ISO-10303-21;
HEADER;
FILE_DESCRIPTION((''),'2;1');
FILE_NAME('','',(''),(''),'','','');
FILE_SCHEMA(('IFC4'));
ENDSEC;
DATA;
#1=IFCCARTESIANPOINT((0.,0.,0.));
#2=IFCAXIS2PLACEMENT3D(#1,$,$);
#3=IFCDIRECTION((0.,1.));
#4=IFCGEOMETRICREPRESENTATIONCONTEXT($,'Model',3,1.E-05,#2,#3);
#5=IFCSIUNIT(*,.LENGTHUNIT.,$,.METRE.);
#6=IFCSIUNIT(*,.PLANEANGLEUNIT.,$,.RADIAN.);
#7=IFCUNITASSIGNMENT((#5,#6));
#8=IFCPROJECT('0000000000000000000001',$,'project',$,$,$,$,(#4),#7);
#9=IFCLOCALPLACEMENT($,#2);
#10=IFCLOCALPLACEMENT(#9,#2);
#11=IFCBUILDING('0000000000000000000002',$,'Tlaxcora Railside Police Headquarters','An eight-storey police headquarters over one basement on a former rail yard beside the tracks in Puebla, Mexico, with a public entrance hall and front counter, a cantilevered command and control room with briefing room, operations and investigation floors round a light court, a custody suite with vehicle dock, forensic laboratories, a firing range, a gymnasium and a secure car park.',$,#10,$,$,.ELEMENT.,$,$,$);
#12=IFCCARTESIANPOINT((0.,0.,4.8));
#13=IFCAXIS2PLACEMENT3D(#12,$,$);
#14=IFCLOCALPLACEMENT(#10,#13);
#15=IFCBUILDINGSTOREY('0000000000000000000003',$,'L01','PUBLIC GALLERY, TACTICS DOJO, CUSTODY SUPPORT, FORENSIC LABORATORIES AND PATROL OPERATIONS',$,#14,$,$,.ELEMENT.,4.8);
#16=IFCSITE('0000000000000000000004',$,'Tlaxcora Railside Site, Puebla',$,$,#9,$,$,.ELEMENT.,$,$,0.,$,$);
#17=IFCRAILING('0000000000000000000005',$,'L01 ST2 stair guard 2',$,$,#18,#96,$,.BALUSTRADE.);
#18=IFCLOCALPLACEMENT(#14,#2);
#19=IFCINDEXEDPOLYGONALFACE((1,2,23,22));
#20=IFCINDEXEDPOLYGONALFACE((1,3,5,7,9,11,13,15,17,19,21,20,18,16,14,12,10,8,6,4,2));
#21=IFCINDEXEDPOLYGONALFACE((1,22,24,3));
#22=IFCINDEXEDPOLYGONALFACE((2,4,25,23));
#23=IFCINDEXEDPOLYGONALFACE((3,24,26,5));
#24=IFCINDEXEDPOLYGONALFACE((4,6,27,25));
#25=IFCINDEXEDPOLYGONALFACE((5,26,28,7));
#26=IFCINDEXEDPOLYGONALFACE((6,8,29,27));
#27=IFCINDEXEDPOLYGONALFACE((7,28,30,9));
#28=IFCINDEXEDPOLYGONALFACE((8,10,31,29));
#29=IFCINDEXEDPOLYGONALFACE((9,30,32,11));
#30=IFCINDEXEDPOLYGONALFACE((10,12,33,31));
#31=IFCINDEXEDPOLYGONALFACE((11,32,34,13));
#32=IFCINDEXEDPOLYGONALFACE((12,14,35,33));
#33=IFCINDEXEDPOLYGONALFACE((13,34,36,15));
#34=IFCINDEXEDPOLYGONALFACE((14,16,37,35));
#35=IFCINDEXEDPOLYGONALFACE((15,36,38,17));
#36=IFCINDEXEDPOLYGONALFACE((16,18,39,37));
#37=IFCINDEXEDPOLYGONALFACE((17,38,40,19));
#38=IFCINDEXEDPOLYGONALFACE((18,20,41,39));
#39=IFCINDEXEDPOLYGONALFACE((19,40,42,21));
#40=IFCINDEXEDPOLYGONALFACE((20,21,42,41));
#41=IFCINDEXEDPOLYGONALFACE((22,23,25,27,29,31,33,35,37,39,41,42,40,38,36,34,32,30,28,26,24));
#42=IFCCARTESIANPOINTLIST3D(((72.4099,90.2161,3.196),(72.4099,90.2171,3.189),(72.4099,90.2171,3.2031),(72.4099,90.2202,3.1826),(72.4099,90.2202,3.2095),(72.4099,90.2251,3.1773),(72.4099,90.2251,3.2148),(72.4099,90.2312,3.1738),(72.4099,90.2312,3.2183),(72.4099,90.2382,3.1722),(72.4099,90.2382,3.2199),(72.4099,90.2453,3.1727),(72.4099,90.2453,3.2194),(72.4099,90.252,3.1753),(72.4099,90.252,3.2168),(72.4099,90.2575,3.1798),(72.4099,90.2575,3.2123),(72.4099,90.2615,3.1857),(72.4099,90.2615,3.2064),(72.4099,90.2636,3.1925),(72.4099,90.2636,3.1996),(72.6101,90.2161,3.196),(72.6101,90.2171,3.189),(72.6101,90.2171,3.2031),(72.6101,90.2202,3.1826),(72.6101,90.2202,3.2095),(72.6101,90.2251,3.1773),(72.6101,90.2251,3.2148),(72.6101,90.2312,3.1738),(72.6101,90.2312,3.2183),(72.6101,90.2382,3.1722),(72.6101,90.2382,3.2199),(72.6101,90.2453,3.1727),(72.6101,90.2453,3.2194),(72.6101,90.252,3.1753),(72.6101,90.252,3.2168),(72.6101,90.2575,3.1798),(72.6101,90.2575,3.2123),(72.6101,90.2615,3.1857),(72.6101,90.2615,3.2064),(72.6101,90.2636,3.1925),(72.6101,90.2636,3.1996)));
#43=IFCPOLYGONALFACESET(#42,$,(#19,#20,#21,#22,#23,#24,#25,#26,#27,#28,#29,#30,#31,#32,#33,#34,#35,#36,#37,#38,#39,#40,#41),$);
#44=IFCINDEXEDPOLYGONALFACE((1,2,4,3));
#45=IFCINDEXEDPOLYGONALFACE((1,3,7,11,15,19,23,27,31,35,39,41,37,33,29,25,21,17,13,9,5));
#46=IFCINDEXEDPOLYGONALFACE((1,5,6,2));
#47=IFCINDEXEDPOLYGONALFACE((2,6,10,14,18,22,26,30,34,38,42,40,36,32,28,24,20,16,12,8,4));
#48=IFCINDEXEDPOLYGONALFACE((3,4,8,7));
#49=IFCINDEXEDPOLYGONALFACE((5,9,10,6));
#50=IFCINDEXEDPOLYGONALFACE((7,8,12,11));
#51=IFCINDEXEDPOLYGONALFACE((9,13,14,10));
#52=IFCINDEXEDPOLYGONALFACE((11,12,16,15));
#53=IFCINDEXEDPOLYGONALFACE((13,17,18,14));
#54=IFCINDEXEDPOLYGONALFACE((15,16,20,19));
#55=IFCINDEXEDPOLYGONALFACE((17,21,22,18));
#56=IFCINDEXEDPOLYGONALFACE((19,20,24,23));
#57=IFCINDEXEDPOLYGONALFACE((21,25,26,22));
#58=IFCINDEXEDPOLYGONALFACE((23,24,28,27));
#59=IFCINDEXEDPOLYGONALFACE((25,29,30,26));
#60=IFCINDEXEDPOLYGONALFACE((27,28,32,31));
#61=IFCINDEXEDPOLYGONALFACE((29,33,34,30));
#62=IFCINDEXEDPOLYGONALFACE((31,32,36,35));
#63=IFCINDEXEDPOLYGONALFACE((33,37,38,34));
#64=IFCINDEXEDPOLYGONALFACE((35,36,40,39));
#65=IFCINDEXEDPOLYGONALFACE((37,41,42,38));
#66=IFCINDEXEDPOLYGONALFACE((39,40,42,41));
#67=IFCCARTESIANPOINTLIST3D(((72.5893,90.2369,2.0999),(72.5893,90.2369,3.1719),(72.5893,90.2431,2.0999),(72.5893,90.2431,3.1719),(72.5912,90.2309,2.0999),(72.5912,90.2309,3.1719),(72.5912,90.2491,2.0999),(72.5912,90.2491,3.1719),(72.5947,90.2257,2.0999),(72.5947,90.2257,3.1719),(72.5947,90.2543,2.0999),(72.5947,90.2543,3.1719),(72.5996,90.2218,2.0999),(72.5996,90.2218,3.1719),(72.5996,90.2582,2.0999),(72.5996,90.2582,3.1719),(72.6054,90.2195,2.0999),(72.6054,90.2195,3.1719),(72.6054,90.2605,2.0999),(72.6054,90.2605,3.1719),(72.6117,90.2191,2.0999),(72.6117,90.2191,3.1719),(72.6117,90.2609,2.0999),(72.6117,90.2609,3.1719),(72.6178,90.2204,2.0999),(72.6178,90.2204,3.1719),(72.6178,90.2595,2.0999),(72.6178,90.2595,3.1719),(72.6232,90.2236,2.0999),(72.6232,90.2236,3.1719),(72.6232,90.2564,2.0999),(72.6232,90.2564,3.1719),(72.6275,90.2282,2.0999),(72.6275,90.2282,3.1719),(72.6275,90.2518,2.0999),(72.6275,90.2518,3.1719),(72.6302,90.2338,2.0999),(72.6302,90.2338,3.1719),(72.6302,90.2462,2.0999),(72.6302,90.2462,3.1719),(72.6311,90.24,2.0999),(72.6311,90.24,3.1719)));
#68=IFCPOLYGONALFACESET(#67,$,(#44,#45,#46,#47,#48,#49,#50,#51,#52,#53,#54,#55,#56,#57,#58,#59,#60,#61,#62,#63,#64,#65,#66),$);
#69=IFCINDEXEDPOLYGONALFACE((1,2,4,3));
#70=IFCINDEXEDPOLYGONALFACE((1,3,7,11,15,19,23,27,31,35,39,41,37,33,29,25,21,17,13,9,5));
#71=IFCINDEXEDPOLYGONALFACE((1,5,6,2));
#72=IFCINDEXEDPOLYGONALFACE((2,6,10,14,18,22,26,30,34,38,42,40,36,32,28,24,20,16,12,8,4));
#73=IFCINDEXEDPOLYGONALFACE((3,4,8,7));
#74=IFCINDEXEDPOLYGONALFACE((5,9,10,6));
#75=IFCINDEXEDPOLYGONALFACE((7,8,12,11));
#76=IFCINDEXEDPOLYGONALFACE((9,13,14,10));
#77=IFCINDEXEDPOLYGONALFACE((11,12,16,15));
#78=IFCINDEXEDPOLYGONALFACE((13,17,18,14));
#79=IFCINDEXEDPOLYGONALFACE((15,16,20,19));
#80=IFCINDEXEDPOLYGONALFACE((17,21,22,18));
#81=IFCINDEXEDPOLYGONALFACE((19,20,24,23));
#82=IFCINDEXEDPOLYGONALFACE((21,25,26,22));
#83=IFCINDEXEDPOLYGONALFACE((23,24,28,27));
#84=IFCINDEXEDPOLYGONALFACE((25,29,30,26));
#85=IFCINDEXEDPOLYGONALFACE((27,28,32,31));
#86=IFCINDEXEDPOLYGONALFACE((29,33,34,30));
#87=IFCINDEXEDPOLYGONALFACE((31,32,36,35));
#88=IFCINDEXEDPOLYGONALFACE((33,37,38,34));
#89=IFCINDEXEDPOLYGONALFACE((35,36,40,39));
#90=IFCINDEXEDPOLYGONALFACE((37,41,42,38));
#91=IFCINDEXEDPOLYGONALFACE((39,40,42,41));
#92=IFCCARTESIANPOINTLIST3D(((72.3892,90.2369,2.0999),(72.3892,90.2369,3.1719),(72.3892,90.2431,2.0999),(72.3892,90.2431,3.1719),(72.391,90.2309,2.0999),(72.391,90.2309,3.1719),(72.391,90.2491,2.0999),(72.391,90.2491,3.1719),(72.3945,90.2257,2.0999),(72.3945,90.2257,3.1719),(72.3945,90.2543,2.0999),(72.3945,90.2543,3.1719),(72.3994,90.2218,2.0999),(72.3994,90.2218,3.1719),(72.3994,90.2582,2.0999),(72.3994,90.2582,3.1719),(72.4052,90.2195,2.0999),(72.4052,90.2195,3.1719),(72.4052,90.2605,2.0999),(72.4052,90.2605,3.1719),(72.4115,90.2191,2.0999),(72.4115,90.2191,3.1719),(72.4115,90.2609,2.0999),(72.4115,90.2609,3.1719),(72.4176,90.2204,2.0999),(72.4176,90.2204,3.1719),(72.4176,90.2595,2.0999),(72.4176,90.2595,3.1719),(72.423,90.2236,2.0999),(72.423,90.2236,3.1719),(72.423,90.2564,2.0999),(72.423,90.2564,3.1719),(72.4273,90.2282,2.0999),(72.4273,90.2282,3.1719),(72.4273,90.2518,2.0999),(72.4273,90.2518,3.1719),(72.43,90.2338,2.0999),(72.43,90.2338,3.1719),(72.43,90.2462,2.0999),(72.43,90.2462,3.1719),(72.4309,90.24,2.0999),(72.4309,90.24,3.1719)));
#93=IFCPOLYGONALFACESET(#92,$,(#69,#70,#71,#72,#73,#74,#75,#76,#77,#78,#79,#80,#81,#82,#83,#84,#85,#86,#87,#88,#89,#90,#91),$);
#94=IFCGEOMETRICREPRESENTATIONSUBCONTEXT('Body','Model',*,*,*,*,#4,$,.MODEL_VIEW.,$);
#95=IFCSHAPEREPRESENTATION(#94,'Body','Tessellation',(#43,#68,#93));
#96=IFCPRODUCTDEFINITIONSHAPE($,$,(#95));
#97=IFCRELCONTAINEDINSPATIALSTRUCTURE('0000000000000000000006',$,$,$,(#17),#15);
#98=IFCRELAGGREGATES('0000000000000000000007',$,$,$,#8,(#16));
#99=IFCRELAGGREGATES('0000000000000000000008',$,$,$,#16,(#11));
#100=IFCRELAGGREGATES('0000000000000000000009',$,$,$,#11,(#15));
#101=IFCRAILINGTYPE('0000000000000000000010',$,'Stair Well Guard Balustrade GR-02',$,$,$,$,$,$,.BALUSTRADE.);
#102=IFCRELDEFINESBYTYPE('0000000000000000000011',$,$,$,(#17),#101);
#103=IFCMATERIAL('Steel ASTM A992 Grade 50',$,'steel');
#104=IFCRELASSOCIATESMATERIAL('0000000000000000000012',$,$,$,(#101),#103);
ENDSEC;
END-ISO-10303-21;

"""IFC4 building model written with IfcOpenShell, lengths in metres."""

from ifc_helpers import new_model, si_unit, direction, frame, origin, origin_2d, place, context, subcontext, project, spatial, circle, extrude, material, type_object, element, save


model = new_model("IFC4")

# Units and contexts
model_context = context("Model", 3, precision=1e-05, world=origin(), true_north=direction((0.0, 1.0)))
body_context = subcontext(model_context, "Body", "Model", "MODEL_VIEW")
ifc_project = project(units=[si_unit("LENGTHUNIT", "METRE"), si_unit("PLANEANGLEUNIT", "RADIAN")], contexts=[model_context])

# Site, building, storey
site_placement = place(None, origin())
site = spatial("IfcSite", under=ifc_project, at=site_placement, Name="Tlaxcora Railside Site, Puebla", CompositionType="ELEMENT", RefElevation=0.0)
building_placement = place(site_placement, origin())
building = spatial("IfcBuilding", under=site, at=building_placement, Name="Tlaxcora Railside Police Headquarters", Description="An eight-storey police headquarters over one basement on a former rail yard beside the tracks in Puebla, Mexico, with a public entrance hall and front counter, a cantilevered command and control room with briefing room, operations and investigation floors round a light court, a custody suite with vehicle dock, forensic laboratories, a firing range, a gymnasium and a secure car park.", CompositionType="ELEMENT")
storey_placement = place(building_placement, frame((0.0, 0.0, 4.8)))
storey = spatial("IfcBuildingStorey", under=building, at=storey_placement, Name="L01", Description="PUBLIC GALLERY, TACTICS DOJO, CUSTODY SUPPORT, FORENSIC LABORATORIES AND PATROL OPERATIONS", CompositionType="ELEMENT", Elevation=4.8)

# Shared definitions
ifc_material_1 = material(Name="Steel ASTM A992 Grade 50", Category="steel")

# Railing
railing_type_1 = type_object("IfcRailingType", Name="Stair Well Guard Balustrade GR-02", PredefinedType="BALUSTRADE", material=ifc_material_1)
railing_1_placement = place(storey_placement, frame((72.6101, 90.24, 2.0999)))
element("IfcRailing", 1, at=railing_1_placement, inside=storey, type_object=railing_type_1, Name="L01 ST2 stair guard 2", PredefinedType="BALUSTRADE", context=body_context, shape_type="SweptSolid", body=[
    extrude(circle(Radius=0.0239, at=origin_2d()), frame((0.0, 0.0, 1.0962), z_axis=(-1.0, 0.0, 0.0), x_axis=(0.0, -1.0, 0.0)), (0.0, 0.0, 1.0), 0.2002),
    extrude(circle(Radius=0.021, at=origin_2d()), origin(), (0.0, 0.0, 1.0), 1.072),
    extrude(circle(Radius=0.021, at=origin_2d()), frame((-0.2002, 0.0, 0.0)), (0.0, 0.0, 1.0), 1.072),
])

save(model, "model.ifc")
